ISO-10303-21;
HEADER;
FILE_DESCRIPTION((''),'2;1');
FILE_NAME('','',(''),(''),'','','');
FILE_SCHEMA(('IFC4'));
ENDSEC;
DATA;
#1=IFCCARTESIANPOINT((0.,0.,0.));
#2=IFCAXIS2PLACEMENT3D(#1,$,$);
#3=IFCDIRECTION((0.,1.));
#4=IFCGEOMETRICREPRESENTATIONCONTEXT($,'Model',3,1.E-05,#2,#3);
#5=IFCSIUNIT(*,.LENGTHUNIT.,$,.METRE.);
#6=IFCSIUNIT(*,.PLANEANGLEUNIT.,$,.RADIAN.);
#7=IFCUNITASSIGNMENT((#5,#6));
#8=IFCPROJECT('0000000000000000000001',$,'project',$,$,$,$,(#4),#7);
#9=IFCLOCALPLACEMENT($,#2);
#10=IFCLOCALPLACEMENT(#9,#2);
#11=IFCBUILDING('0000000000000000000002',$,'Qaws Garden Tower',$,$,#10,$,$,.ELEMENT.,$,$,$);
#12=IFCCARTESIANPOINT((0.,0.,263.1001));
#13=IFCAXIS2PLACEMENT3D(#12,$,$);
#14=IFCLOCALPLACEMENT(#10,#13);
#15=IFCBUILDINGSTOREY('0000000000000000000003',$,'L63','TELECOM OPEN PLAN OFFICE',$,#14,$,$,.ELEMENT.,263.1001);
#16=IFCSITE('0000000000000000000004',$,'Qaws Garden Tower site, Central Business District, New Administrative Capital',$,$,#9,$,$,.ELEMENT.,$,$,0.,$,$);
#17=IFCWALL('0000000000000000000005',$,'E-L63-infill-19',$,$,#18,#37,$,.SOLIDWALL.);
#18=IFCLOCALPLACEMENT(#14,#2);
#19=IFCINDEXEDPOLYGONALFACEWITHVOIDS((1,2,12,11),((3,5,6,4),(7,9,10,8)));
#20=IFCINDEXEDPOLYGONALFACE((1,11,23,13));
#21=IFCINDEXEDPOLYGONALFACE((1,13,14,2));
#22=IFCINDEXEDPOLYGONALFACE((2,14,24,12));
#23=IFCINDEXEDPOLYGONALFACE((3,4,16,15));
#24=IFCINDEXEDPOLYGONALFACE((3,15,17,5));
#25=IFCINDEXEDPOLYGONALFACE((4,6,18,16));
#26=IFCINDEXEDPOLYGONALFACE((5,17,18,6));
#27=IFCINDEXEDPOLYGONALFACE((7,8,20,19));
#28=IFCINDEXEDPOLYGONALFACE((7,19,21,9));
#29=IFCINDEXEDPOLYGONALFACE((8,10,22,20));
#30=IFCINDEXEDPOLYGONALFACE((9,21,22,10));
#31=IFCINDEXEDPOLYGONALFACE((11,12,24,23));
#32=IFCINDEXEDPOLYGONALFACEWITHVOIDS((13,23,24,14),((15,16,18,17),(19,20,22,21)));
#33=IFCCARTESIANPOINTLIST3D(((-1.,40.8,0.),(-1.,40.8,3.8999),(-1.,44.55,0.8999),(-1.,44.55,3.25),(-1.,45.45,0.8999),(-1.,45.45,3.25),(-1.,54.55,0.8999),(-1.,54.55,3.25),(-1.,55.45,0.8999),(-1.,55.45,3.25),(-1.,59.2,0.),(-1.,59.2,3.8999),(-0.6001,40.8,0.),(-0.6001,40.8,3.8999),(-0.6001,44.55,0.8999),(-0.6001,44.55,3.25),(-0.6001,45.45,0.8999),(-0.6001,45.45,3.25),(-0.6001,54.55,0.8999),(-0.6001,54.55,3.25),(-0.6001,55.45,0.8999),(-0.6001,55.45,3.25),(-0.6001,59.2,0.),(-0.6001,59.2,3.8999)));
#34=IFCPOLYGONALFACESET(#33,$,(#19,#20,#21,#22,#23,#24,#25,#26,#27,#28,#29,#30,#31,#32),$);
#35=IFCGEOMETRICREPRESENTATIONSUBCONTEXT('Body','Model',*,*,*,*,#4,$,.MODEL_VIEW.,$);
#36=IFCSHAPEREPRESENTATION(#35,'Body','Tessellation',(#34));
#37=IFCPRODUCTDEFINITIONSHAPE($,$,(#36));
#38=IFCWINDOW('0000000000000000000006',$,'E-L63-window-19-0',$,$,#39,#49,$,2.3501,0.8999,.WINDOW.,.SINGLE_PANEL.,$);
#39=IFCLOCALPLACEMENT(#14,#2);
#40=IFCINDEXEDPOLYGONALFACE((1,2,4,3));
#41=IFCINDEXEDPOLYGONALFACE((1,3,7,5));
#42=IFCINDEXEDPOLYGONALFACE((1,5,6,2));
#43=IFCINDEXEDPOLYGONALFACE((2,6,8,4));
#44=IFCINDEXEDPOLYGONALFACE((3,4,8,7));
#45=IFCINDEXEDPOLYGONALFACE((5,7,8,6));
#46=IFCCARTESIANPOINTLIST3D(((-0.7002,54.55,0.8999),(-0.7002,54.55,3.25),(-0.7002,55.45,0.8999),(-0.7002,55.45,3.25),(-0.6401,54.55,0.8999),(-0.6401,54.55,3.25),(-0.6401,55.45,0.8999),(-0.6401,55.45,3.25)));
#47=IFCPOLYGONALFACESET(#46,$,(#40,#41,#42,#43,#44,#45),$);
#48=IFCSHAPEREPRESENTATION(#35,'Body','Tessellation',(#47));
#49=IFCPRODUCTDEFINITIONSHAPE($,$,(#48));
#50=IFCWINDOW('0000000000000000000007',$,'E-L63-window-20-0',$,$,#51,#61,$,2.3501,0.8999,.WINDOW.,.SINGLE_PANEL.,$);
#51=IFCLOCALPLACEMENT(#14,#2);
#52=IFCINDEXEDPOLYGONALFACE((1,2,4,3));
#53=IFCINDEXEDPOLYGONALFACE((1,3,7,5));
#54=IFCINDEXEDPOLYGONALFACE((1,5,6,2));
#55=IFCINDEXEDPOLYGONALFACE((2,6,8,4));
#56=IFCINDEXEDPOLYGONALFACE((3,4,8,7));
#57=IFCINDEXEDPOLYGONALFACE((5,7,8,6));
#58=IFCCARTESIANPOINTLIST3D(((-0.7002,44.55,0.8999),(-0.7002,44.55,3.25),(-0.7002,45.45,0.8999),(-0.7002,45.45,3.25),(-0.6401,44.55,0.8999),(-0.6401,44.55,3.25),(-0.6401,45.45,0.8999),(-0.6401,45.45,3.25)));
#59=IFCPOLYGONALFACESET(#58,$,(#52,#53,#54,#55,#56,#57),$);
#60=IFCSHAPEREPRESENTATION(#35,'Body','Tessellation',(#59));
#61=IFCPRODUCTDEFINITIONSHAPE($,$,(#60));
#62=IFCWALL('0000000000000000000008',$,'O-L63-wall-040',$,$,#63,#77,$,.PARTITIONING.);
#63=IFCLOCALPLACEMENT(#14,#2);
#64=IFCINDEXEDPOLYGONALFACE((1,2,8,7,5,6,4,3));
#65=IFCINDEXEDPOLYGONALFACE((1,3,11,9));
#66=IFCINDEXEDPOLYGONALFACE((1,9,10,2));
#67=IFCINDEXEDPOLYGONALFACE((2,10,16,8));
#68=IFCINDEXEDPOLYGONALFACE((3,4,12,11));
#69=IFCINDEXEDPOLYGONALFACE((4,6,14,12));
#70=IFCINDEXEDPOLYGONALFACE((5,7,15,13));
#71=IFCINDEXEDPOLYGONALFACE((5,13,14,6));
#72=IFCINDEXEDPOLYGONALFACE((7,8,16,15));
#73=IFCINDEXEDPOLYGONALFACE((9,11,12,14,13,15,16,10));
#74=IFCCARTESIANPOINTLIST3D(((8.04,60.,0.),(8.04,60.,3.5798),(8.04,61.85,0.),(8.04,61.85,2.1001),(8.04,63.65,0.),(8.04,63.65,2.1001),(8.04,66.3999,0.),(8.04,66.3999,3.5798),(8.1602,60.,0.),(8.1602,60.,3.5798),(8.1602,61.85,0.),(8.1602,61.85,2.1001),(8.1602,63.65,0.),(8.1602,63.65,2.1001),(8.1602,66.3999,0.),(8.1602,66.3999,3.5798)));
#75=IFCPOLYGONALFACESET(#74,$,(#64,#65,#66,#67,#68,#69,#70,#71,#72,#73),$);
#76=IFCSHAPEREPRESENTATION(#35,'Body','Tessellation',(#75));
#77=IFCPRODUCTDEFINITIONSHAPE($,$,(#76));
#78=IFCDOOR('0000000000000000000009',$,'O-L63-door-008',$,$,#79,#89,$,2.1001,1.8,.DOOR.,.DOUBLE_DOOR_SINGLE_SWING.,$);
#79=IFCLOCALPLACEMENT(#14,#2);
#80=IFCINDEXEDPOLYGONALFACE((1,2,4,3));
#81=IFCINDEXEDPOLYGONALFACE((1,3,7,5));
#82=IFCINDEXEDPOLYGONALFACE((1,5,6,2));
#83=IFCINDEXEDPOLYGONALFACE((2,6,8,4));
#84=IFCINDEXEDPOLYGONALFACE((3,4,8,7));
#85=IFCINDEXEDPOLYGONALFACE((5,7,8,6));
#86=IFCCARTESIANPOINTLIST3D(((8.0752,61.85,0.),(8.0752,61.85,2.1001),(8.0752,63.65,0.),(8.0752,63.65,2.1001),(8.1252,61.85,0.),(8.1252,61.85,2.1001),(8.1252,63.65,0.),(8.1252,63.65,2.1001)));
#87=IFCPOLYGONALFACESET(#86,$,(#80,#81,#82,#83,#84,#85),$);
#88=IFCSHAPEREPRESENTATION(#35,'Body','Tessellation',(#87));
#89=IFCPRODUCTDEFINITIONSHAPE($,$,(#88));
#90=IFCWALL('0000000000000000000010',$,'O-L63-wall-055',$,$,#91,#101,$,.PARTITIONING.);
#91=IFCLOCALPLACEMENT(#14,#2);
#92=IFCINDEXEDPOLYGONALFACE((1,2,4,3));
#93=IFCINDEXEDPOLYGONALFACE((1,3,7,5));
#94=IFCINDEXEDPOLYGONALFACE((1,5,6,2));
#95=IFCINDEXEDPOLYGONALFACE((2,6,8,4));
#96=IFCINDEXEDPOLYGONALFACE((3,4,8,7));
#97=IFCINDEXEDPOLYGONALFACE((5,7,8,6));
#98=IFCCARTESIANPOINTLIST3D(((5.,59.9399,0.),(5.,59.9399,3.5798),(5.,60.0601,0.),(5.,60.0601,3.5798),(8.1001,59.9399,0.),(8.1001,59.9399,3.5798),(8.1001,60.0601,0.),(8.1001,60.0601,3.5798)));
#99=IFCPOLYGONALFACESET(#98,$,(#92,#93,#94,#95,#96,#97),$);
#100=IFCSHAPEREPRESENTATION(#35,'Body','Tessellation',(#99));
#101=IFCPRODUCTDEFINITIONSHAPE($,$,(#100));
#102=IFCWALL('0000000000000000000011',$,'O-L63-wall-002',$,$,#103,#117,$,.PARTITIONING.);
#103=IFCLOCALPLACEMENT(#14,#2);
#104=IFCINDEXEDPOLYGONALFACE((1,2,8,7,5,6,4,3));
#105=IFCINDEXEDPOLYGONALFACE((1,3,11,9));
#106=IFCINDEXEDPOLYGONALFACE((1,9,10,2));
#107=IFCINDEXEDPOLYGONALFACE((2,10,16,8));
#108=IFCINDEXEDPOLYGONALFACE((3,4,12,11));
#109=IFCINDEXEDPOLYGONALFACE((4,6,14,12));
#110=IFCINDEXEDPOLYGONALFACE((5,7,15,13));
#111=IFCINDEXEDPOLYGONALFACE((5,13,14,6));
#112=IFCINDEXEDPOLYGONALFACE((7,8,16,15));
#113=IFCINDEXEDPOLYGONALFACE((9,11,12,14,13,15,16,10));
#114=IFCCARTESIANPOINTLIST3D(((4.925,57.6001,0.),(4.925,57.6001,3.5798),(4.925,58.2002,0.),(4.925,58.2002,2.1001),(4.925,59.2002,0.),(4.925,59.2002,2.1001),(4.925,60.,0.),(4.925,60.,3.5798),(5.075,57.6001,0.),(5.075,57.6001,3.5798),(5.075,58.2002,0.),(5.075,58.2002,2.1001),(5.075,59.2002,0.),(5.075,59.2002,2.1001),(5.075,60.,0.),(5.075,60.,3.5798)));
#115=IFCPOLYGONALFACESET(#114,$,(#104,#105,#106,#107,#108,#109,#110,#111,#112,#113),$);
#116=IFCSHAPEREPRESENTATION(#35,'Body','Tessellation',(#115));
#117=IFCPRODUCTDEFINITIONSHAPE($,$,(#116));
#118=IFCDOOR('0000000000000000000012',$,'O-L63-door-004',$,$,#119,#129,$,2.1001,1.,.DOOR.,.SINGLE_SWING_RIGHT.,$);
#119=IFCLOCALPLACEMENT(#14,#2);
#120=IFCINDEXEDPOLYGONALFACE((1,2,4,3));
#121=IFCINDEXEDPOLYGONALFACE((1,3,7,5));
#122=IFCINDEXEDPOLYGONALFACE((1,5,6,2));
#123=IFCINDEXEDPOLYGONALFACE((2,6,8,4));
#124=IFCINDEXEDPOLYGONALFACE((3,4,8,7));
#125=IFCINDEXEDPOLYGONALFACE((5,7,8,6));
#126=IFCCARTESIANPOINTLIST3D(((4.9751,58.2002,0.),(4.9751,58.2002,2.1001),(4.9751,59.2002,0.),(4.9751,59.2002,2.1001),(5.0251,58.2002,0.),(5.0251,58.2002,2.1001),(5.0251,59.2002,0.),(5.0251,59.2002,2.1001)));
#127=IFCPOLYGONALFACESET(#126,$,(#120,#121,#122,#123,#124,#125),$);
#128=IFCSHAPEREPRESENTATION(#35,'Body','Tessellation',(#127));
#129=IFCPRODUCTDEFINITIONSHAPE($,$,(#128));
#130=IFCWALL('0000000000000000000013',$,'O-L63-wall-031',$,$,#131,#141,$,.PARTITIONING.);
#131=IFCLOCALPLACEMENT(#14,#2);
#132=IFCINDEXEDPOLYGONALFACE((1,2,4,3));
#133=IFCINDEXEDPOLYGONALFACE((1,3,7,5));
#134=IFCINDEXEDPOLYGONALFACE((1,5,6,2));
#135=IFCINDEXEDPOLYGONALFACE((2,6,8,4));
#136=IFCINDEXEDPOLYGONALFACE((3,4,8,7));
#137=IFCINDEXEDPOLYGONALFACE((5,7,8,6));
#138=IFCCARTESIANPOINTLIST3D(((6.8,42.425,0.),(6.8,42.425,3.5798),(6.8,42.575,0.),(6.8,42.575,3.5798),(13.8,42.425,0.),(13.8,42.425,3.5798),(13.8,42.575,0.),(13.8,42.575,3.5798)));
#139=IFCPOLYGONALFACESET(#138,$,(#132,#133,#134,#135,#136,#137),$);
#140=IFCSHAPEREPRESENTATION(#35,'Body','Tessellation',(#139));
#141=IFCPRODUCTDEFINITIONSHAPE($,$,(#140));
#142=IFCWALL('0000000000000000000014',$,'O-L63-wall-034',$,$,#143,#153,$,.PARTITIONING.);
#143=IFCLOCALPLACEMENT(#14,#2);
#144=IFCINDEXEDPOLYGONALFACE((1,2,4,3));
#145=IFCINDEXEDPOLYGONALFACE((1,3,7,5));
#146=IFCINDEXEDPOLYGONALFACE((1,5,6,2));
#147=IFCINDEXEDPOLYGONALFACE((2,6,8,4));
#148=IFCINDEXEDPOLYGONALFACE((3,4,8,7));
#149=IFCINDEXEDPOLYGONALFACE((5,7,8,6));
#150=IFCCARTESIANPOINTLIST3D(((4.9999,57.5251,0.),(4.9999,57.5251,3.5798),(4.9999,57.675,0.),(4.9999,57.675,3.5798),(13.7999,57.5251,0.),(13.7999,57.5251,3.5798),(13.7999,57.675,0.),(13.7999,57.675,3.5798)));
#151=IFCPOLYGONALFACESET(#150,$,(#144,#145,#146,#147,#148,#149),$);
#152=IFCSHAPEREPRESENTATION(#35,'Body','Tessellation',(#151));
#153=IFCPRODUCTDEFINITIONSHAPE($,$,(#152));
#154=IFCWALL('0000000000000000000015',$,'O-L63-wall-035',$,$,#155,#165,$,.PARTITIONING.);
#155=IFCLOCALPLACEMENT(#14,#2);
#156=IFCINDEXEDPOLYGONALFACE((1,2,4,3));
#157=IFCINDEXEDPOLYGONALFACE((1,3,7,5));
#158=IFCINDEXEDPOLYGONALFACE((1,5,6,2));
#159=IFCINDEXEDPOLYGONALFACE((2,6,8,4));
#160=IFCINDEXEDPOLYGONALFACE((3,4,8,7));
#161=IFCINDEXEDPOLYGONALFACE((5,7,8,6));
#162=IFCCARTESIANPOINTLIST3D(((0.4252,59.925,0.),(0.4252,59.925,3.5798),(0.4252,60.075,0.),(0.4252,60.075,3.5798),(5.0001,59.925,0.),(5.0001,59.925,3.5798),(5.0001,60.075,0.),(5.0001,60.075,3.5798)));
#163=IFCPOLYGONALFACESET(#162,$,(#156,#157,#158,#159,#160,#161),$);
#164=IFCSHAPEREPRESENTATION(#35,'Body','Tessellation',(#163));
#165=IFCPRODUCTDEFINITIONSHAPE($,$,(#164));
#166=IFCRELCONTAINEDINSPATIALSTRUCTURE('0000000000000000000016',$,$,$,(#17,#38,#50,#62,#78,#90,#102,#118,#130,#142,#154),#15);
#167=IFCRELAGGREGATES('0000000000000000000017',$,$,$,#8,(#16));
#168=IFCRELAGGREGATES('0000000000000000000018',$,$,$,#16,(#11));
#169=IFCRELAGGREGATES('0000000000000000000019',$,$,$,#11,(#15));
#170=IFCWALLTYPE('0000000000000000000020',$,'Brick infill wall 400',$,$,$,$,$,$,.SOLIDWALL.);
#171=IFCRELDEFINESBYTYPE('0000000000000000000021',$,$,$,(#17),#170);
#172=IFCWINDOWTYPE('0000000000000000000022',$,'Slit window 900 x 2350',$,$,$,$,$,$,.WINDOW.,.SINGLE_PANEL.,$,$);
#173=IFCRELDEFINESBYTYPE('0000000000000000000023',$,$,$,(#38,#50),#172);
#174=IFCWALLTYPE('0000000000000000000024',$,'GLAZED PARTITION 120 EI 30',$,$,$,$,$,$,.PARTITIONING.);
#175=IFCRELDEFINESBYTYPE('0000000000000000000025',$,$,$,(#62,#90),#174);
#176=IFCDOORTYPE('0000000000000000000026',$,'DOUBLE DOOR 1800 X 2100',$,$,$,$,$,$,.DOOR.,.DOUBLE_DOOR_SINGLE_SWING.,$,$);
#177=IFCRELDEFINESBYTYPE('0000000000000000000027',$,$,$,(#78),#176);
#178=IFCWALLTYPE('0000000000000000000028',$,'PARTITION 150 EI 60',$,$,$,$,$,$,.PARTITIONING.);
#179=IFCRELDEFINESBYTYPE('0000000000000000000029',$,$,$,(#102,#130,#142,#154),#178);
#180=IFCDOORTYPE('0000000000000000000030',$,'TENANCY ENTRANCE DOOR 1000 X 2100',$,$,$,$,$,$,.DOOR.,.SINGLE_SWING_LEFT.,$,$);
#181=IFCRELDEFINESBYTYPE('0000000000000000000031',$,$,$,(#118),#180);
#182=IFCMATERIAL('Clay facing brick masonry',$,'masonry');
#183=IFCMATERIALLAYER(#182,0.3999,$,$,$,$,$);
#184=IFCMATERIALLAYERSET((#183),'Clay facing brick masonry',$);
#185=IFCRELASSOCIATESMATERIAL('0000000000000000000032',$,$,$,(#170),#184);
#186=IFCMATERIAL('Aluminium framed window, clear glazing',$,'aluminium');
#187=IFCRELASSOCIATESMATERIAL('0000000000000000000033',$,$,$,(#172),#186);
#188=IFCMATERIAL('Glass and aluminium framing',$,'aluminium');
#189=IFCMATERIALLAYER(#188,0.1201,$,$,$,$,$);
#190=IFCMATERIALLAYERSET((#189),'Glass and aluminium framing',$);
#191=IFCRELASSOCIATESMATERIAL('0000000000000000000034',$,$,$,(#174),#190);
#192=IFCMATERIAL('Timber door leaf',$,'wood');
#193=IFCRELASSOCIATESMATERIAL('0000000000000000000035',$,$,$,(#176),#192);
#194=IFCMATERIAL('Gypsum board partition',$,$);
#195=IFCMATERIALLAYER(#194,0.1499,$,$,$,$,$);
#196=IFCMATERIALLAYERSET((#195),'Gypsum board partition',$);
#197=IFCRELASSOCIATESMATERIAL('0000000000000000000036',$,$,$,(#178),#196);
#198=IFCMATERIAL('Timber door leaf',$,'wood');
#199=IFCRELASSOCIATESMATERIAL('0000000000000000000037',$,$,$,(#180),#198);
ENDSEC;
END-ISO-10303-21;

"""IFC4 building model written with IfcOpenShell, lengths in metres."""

from ifc_helpers import new_model, si_unit, direction, frame, frame_2d, origin, place, context, subcontext, project, spatial, rectangle, extrude, material, layer, layer_set, type_object, element, fill, save


model = new_model("IFC4")

# Units and contexts
model_context = context("Model", 3, precision=1e-05, world=origin(), true_north=direction((0.0, 1.0)))
body_context = subcontext(model_context, "Body", "Model", "MODEL_VIEW")
ifc_project = project(units=[si_unit("LENGTHUNIT", "METRE"), si_unit("PLANEANGLEUNIT", "RADIAN")], contexts=[model_context])

# Site, building, storey
site_placement = place(None, origin())
site = spatial("IfcSite", under=ifc_project, at=site_placement, Name="Qaws Garden Tower site, Central Business District, New Administrative Capital", CompositionType="ELEMENT", RefElevation=0.0)
building_placement = place(site_placement, origin())
building = spatial("IfcBuilding", under=site, at=building_placement, Name="Qaws Garden Tower", CompositionType="ELEMENT")
storey_placement = place(building_placement, frame((0.0, 0.0, 263.1001)))
storey = spatial("IfcBuildingStorey", under=building, at=storey_placement, Name="L63", Description="TELECOM OPEN PLAN OFFICE", CompositionType="ELEMENT", Elevation=263.1001)

# Shared definitions
ifc_material_1 = material(Name="Clay facing brick masonry", Category="masonry")
ifc_layer_1 = layer(ifc_material_1, 0.3999)
ifc_layer_set_1 = layer_set([ifc_layer_1], Name="Clay facing brick masonry")
wall_type_1 = type_object("IfcWallType", Name="Brick infill wall 400", PredefinedType="SOLIDWALL", material=ifc_layer_set_1)

# Wall, openings, windows
wall_1_placement = place(storey_placement, frame((-0.8, 59.2, 0.0), z_axis=(0.0, 0.0, 1.0), x_axis=(0.0, -1.0, 0.0)))
wall_1 = element("IfcWall", 1, at=wall_1_placement, inside=storey, type_object=wall_type_1, Name="E-L63-infill-19", PredefinedType="SOLIDWALL", context=body_context, shape_type="SweptSolid", body=[
    extrude(rectangle(XDim=18.3999, YDim=0.3999, at=frame_2d((9.2, 0.0))), origin(), (0.0, 0.0, 1.0), 3.8999),
])
opening_1_placement = place(wall_1_placement, frame((3.75, 0.0, 0.8999)))
opening_1 = element("IfcOpeningElement", 2, at=opening_1_placement, cuts=wall_1, PredefinedType="OPENING", context=body_context, shape_type="SweptSolid", body=[
    extrude(rectangle(XDim=0.8999, YDim=2.3501, at=frame_2d((0.45, 1.175))), frame((0.0, 0.21, 0.0), z_axis=(0.0, -1.0, 0.0), x_axis=(1.0, 0.0, 0.0)), (0.0, 0.0, 1.0), 0.4199),
])
opening_2_placement = place(wall_1_placement, frame((13.75, 0.0, 0.8999)))
opening_2 = element("IfcOpeningElement", 3, at=opening_2_placement, cuts=wall_1, PredefinedType="OPENING", context=body_context, shape_type="SweptSolid", body=[
    extrude(rectangle(XDim=0.8999, YDim=2.3501, at=frame_2d((0.45, 1.175))), frame((0.0, 0.21, 0.0), z_axis=(0.0, -1.0, 0.0), x_axis=(1.0, 0.0, 0.0)), (0.0, 0.0, 1.0), 0.4199),
])
ifc_material_2 = material(Name="Aluminium framed window, clear glazing", Category="aluminium")
window_type_1 = type_object("IfcWindowType", Name="Slit window 900 x 2350", PartitioningType="SINGLE_PANEL", PredefinedType="WINDOW", material=ifc_material_2)
window_1_placement = place(opening_1_placement, origin())
window_1 = element("IfcWindow", 4, at=window_1_placement, inside=storey, type_object=window_type_1, Name="E-L63-window-19-0", OverallHeight=2.3501, OverallWidth=0.8999, PartitioningType="SINGLE_PANEL", PredefinedType="WINDOW", context=body_context, shape_type="SweptSolid", body=[
    extrude(rectangle(XDim=0.8999, YDim=2.3501, at=frame_2d((0.45, 1.175))), frame((0.0, 0.1599, 0.0), z_axis=(0.0, -1.0, 0.0), x_axis=(1.0, 0.0, 0.0)), (0.0, 0.0, 1.0), 0.0601),
])
fill(opening_1, window_1)
window_2_placement = place(opening_2_placement, origin())
window_2 = element("IfcWindow", 5, at=window_2_placement, inside=storey, type_object=window_type_1, Name="E-L63-window-20-0", OverallHeight=2.3501, OverallWidth=0.8999, PartitioningType="SINGLE_PANEL", PredefinedType="WINDOW", context=body_context, shape_type="SweptSolid", body=[
    extrude(rectangle(XDim=0.8999, YDim=2.3501, at=frame_2d((0.45, 1.175))), frame((0.0, 0.1599, 0.0), z_axis=(0.0, -1.0, 0.0), x_axis=(1.0, 0.0, 0.0)), (0.0, 0.0, 1.0), 0.0601),
])
fill(opening_2, window_2)

# Wall, opening, door
ifc_material_3 = material(Name="Glass and aluminium framing", Category="aluminium")
ifc_layer_2 = layer(ifc_material_3, 0.1201)
ifc_layer_set_2 = layer_set([ifc_layer_2], Name="Glass and aluminium framing")
wall_type_2 = type_object("IfcWallType", Name="GLAZED PARTITION 120 EI 30", PredefinedType="PARTITIONING", material=ifc_layer_set_2)
wall_2_placement = place(storey_placement, frame((8.1001, 60.0, 0.0), z_axis=(0.0, 0.0, 1.0), x_axis=(0.0, 1.0, 0.0)))
wall_2 = element("IfcWall", 6, at=wall_2_placement, inside=storey, type_object=wall_type_2, Name="O-L63-wall-040", PredefinedType="PARTITIONING", context=body_context, shape_type="SweptSolid", body=[
    extrude(rectangle(XDim=6.3999, YDim=0.1201, at=frame_2d((3.2, 0.0))), origin(), (0.0, 0.0, 1.0), 3.5798),
])
opening_3_placement = place(wall_2_placement, frame((1.8501, 0.0, 0.0)))
opening_3 = element("IfcOpeningElement", 7, at=opening_3_placement, cuts=wall_2, PredefinedType="OPENING", context=body_context, shape_type="SweptSolid", body=[
    extrude(rectangle(XDim=1.8, YDim=2.1001, at=frame_2d((0.8999, 1.05))), frame((0.0, 0.0701, 0.0), z_axis=(0.0, -1.0, 0.0), x_axis=(1.0, 0.0, 0.0)), (0.0, 0.0, 1.0), 0.1401),
])
ifc_material_4 = material(Name="Timber door leaf", Category="wood")
door_type_1 = type_object("IfcDoorType", Name="DOUBLE DOOR 1800 X 2100", OperationType="DOUBLE_DOOR_SINGLE_SWING", PredefinedType="DOOR", material=ifc_material_4)
door_1_placement = place(opening_3_placement, origin())
door_1 = element("IfcDoor", 8, at=door_1_placement, inside=storey, type_object=door_type_1, Name="O-L63-door-008", OperationType="DOUBLE_DOOR_SINGLE_SWING", OverallHeight=2.1001, OverallWidth=1.8, PredefinedType="DOOR", context=body_context, shape_type="SweptSolid", body=[
    extrude(rectangle(XDim=1.8, YDim=2.1001, at=frame_2d((0.8999, 1.05))), frame((0.0, 0.0249, 0.0), z_axis=(0.0, -1.0, 0.0), x_axis=(1.0, 0.0, 0.0)), (0.0, 0.0, 1.0), 0.05),
])
fill(opening_3, door_1)

# Wall
wall_3_placement = place(storey_placement, frame((5.0, 60.0, 0.0), z_axis=(0.0, 0.0, 1.0), x_axis=(1.0, 0.0, 0.0)))
element("IfcWall", 9, at=wall_3_placement, inside=storey, type_object=wall_type_2, Name="O-L63-wall-055", PredefinedType="PARTITIONING", context=body_context, shape_type="SweptSolid", body=[
    extrude(rectangle(XDim=3.1001, YDim=0.1201, at=frame_2d((1.55, 0.0))), origin(), (0.0, 0.0, 1.0), 3.5798),
])

# Wall, opening, door
ifc_material_5 = material(Name="Gypsum board partition")
ifc_layer_3 = layer(ifc_material_5, 0.1499)
ifc_layer_set_3 = layer_set([ifc_layer_3], Name="Gypsum board partition")
wall_type_3 = type_object("IfcWallType", Name="PARTITION 150 EI 60", PredefinedType="PARTITIONING", material=ifc_layer_set_3)
wall_4_placement = place(storey_placement, frame((5.0, 57.6001, 0.0), z_axis=(0.0, 0.0, 1.0), x_axis=(0.0, 1.0, 0.0)))
wall_4 = element("IfcWall", 10, at=wall_4_placement, inside=storey, type_object=wall_type_3, Name="O-L63-wall-002", PredefinedType="PARTITIONING", context=body_context, shape_type="SweptSolid", body=[
    extrude(rectangle(XDim=2.3999, YDim=0.1499, at=frame_2d((1.2, 0.0))), origin(), (0.0, 0.0, 1.0), 3.5798),
])
opening_4_placement = place(wall_4_placement, frame((0.6001, 0.0, 0.0)))
opening_4 = element("IfcOpeningElement", 11, at=opening_4_placement, cuts=wall_4, PredefinedType="OPENING", context=body_context, shape_type="SweptSolid", body=[
    extrude(rectangle(XDim=1.0, YDim=2.1001, at=frame_2d((0.5, 1.05))), frame((0.0, 0.085, 0.0), z_axis=(0.0, -1.0, 0.0), x_axis=(1.0, 0.0, 0.0)), (0.0, 0.0, 1.0), 0.1699),
])
ifc_material_6 = material(Name="Timber door leaf", Category="wood")
door_type_2 = type_object("IfcDoorType", Name="TENANCY ENTRANCE DOOR 1000 X 2100", OperationType="SINGLE_SWING_LEFT", PredefinedType="DOOR", material=ifc_material_6)
door_2_placement = place(opening_4_placement, origin())
door_2 = element("IfcDoor", 12, at=door_2_placement, inside=storey, type_object=door_type_2, Name="O-L63-door-004", OperationType="SINGLE_SWING_RIGHT", OverallHeight=2.1001, OverallWidth=1.0, PredefinedType="DOOR", context=body_context, shape_type="SweptSolid", body=[
    extrude(rectangle(XDim=1.0, YDim=2.1001, at=frame_2d((0.5, 1.05))), frame((0.0, 0.0249, 0.0), z_axis=(0.0, -1.0, 0.0), x_axis=(1.0, 0.0, 0.0)), (0.0, 0.0, 1.0), 0.05),
])
fill(opening_4, door_2)

# Walls
wall_5_placement = place(storey_placement, frame((6.8, 42.5, 0.0), z_axis=(0.0, 0.0, 1.0), x_axis=(1.0, 0.0, 0.0)))
element("IfcWall", 13, at=wall_5_placement, inside=storey, type_object=wall_type_3, Name="O-L63-wall-031", PredefinedType="PARTITIONING", context=body_context, shape_type="SweptSolid", body=[
    extrude(rectangle(XDim=7.0, YDim=0.1499, at=frame_2d((3.5, 0.0))), origin(), (0.0, 0.0, 1.0), 3.5798),
])
wall_6_placement = place(storey_placement, frame((5.0, 57.6001, 0.0), z_axis=(0.0, 0.0, 1.0), x_axis=(1.0, 0.0, 0.0)))
element("IfcWall", 14, at=wall_6_placement, inside=storey, type_object=wall_type_3, Name="O-L63-wall-034", PredefinedType="PARTITIONING", context=body_context, shape_type="SweptSolid", body=[
    extrude(rectangle(XDim=8.8, YDim=0.1499, at=frame_2d((4.3999, 0.0))), origin(), (0.0, 0.0, 1.0), 3.5798),
])
wall_7_placement = place(storey_placement, frame((0.425, 60.0, 0.0), z_axis=(0.0, 0.0, 1.0), x_axis=(1.0, 0.0, 0.0)))
element("IfcWall", 15, at=wall_7_placement, inside=storey, type_object=wall_type_3, Name="O-L63-wall-035", PredefinedType="PARTITIONING", context=body_context, shape_type="SweptSolid", body=[
    extrude(rectangle(XDim=4.575, YDim=0.1499, at=frame_2d((2.2876, 0.0))), origin(), (0.0, 0.0, 1.0), 3.5798),
])

save(model, "model.ifc")
